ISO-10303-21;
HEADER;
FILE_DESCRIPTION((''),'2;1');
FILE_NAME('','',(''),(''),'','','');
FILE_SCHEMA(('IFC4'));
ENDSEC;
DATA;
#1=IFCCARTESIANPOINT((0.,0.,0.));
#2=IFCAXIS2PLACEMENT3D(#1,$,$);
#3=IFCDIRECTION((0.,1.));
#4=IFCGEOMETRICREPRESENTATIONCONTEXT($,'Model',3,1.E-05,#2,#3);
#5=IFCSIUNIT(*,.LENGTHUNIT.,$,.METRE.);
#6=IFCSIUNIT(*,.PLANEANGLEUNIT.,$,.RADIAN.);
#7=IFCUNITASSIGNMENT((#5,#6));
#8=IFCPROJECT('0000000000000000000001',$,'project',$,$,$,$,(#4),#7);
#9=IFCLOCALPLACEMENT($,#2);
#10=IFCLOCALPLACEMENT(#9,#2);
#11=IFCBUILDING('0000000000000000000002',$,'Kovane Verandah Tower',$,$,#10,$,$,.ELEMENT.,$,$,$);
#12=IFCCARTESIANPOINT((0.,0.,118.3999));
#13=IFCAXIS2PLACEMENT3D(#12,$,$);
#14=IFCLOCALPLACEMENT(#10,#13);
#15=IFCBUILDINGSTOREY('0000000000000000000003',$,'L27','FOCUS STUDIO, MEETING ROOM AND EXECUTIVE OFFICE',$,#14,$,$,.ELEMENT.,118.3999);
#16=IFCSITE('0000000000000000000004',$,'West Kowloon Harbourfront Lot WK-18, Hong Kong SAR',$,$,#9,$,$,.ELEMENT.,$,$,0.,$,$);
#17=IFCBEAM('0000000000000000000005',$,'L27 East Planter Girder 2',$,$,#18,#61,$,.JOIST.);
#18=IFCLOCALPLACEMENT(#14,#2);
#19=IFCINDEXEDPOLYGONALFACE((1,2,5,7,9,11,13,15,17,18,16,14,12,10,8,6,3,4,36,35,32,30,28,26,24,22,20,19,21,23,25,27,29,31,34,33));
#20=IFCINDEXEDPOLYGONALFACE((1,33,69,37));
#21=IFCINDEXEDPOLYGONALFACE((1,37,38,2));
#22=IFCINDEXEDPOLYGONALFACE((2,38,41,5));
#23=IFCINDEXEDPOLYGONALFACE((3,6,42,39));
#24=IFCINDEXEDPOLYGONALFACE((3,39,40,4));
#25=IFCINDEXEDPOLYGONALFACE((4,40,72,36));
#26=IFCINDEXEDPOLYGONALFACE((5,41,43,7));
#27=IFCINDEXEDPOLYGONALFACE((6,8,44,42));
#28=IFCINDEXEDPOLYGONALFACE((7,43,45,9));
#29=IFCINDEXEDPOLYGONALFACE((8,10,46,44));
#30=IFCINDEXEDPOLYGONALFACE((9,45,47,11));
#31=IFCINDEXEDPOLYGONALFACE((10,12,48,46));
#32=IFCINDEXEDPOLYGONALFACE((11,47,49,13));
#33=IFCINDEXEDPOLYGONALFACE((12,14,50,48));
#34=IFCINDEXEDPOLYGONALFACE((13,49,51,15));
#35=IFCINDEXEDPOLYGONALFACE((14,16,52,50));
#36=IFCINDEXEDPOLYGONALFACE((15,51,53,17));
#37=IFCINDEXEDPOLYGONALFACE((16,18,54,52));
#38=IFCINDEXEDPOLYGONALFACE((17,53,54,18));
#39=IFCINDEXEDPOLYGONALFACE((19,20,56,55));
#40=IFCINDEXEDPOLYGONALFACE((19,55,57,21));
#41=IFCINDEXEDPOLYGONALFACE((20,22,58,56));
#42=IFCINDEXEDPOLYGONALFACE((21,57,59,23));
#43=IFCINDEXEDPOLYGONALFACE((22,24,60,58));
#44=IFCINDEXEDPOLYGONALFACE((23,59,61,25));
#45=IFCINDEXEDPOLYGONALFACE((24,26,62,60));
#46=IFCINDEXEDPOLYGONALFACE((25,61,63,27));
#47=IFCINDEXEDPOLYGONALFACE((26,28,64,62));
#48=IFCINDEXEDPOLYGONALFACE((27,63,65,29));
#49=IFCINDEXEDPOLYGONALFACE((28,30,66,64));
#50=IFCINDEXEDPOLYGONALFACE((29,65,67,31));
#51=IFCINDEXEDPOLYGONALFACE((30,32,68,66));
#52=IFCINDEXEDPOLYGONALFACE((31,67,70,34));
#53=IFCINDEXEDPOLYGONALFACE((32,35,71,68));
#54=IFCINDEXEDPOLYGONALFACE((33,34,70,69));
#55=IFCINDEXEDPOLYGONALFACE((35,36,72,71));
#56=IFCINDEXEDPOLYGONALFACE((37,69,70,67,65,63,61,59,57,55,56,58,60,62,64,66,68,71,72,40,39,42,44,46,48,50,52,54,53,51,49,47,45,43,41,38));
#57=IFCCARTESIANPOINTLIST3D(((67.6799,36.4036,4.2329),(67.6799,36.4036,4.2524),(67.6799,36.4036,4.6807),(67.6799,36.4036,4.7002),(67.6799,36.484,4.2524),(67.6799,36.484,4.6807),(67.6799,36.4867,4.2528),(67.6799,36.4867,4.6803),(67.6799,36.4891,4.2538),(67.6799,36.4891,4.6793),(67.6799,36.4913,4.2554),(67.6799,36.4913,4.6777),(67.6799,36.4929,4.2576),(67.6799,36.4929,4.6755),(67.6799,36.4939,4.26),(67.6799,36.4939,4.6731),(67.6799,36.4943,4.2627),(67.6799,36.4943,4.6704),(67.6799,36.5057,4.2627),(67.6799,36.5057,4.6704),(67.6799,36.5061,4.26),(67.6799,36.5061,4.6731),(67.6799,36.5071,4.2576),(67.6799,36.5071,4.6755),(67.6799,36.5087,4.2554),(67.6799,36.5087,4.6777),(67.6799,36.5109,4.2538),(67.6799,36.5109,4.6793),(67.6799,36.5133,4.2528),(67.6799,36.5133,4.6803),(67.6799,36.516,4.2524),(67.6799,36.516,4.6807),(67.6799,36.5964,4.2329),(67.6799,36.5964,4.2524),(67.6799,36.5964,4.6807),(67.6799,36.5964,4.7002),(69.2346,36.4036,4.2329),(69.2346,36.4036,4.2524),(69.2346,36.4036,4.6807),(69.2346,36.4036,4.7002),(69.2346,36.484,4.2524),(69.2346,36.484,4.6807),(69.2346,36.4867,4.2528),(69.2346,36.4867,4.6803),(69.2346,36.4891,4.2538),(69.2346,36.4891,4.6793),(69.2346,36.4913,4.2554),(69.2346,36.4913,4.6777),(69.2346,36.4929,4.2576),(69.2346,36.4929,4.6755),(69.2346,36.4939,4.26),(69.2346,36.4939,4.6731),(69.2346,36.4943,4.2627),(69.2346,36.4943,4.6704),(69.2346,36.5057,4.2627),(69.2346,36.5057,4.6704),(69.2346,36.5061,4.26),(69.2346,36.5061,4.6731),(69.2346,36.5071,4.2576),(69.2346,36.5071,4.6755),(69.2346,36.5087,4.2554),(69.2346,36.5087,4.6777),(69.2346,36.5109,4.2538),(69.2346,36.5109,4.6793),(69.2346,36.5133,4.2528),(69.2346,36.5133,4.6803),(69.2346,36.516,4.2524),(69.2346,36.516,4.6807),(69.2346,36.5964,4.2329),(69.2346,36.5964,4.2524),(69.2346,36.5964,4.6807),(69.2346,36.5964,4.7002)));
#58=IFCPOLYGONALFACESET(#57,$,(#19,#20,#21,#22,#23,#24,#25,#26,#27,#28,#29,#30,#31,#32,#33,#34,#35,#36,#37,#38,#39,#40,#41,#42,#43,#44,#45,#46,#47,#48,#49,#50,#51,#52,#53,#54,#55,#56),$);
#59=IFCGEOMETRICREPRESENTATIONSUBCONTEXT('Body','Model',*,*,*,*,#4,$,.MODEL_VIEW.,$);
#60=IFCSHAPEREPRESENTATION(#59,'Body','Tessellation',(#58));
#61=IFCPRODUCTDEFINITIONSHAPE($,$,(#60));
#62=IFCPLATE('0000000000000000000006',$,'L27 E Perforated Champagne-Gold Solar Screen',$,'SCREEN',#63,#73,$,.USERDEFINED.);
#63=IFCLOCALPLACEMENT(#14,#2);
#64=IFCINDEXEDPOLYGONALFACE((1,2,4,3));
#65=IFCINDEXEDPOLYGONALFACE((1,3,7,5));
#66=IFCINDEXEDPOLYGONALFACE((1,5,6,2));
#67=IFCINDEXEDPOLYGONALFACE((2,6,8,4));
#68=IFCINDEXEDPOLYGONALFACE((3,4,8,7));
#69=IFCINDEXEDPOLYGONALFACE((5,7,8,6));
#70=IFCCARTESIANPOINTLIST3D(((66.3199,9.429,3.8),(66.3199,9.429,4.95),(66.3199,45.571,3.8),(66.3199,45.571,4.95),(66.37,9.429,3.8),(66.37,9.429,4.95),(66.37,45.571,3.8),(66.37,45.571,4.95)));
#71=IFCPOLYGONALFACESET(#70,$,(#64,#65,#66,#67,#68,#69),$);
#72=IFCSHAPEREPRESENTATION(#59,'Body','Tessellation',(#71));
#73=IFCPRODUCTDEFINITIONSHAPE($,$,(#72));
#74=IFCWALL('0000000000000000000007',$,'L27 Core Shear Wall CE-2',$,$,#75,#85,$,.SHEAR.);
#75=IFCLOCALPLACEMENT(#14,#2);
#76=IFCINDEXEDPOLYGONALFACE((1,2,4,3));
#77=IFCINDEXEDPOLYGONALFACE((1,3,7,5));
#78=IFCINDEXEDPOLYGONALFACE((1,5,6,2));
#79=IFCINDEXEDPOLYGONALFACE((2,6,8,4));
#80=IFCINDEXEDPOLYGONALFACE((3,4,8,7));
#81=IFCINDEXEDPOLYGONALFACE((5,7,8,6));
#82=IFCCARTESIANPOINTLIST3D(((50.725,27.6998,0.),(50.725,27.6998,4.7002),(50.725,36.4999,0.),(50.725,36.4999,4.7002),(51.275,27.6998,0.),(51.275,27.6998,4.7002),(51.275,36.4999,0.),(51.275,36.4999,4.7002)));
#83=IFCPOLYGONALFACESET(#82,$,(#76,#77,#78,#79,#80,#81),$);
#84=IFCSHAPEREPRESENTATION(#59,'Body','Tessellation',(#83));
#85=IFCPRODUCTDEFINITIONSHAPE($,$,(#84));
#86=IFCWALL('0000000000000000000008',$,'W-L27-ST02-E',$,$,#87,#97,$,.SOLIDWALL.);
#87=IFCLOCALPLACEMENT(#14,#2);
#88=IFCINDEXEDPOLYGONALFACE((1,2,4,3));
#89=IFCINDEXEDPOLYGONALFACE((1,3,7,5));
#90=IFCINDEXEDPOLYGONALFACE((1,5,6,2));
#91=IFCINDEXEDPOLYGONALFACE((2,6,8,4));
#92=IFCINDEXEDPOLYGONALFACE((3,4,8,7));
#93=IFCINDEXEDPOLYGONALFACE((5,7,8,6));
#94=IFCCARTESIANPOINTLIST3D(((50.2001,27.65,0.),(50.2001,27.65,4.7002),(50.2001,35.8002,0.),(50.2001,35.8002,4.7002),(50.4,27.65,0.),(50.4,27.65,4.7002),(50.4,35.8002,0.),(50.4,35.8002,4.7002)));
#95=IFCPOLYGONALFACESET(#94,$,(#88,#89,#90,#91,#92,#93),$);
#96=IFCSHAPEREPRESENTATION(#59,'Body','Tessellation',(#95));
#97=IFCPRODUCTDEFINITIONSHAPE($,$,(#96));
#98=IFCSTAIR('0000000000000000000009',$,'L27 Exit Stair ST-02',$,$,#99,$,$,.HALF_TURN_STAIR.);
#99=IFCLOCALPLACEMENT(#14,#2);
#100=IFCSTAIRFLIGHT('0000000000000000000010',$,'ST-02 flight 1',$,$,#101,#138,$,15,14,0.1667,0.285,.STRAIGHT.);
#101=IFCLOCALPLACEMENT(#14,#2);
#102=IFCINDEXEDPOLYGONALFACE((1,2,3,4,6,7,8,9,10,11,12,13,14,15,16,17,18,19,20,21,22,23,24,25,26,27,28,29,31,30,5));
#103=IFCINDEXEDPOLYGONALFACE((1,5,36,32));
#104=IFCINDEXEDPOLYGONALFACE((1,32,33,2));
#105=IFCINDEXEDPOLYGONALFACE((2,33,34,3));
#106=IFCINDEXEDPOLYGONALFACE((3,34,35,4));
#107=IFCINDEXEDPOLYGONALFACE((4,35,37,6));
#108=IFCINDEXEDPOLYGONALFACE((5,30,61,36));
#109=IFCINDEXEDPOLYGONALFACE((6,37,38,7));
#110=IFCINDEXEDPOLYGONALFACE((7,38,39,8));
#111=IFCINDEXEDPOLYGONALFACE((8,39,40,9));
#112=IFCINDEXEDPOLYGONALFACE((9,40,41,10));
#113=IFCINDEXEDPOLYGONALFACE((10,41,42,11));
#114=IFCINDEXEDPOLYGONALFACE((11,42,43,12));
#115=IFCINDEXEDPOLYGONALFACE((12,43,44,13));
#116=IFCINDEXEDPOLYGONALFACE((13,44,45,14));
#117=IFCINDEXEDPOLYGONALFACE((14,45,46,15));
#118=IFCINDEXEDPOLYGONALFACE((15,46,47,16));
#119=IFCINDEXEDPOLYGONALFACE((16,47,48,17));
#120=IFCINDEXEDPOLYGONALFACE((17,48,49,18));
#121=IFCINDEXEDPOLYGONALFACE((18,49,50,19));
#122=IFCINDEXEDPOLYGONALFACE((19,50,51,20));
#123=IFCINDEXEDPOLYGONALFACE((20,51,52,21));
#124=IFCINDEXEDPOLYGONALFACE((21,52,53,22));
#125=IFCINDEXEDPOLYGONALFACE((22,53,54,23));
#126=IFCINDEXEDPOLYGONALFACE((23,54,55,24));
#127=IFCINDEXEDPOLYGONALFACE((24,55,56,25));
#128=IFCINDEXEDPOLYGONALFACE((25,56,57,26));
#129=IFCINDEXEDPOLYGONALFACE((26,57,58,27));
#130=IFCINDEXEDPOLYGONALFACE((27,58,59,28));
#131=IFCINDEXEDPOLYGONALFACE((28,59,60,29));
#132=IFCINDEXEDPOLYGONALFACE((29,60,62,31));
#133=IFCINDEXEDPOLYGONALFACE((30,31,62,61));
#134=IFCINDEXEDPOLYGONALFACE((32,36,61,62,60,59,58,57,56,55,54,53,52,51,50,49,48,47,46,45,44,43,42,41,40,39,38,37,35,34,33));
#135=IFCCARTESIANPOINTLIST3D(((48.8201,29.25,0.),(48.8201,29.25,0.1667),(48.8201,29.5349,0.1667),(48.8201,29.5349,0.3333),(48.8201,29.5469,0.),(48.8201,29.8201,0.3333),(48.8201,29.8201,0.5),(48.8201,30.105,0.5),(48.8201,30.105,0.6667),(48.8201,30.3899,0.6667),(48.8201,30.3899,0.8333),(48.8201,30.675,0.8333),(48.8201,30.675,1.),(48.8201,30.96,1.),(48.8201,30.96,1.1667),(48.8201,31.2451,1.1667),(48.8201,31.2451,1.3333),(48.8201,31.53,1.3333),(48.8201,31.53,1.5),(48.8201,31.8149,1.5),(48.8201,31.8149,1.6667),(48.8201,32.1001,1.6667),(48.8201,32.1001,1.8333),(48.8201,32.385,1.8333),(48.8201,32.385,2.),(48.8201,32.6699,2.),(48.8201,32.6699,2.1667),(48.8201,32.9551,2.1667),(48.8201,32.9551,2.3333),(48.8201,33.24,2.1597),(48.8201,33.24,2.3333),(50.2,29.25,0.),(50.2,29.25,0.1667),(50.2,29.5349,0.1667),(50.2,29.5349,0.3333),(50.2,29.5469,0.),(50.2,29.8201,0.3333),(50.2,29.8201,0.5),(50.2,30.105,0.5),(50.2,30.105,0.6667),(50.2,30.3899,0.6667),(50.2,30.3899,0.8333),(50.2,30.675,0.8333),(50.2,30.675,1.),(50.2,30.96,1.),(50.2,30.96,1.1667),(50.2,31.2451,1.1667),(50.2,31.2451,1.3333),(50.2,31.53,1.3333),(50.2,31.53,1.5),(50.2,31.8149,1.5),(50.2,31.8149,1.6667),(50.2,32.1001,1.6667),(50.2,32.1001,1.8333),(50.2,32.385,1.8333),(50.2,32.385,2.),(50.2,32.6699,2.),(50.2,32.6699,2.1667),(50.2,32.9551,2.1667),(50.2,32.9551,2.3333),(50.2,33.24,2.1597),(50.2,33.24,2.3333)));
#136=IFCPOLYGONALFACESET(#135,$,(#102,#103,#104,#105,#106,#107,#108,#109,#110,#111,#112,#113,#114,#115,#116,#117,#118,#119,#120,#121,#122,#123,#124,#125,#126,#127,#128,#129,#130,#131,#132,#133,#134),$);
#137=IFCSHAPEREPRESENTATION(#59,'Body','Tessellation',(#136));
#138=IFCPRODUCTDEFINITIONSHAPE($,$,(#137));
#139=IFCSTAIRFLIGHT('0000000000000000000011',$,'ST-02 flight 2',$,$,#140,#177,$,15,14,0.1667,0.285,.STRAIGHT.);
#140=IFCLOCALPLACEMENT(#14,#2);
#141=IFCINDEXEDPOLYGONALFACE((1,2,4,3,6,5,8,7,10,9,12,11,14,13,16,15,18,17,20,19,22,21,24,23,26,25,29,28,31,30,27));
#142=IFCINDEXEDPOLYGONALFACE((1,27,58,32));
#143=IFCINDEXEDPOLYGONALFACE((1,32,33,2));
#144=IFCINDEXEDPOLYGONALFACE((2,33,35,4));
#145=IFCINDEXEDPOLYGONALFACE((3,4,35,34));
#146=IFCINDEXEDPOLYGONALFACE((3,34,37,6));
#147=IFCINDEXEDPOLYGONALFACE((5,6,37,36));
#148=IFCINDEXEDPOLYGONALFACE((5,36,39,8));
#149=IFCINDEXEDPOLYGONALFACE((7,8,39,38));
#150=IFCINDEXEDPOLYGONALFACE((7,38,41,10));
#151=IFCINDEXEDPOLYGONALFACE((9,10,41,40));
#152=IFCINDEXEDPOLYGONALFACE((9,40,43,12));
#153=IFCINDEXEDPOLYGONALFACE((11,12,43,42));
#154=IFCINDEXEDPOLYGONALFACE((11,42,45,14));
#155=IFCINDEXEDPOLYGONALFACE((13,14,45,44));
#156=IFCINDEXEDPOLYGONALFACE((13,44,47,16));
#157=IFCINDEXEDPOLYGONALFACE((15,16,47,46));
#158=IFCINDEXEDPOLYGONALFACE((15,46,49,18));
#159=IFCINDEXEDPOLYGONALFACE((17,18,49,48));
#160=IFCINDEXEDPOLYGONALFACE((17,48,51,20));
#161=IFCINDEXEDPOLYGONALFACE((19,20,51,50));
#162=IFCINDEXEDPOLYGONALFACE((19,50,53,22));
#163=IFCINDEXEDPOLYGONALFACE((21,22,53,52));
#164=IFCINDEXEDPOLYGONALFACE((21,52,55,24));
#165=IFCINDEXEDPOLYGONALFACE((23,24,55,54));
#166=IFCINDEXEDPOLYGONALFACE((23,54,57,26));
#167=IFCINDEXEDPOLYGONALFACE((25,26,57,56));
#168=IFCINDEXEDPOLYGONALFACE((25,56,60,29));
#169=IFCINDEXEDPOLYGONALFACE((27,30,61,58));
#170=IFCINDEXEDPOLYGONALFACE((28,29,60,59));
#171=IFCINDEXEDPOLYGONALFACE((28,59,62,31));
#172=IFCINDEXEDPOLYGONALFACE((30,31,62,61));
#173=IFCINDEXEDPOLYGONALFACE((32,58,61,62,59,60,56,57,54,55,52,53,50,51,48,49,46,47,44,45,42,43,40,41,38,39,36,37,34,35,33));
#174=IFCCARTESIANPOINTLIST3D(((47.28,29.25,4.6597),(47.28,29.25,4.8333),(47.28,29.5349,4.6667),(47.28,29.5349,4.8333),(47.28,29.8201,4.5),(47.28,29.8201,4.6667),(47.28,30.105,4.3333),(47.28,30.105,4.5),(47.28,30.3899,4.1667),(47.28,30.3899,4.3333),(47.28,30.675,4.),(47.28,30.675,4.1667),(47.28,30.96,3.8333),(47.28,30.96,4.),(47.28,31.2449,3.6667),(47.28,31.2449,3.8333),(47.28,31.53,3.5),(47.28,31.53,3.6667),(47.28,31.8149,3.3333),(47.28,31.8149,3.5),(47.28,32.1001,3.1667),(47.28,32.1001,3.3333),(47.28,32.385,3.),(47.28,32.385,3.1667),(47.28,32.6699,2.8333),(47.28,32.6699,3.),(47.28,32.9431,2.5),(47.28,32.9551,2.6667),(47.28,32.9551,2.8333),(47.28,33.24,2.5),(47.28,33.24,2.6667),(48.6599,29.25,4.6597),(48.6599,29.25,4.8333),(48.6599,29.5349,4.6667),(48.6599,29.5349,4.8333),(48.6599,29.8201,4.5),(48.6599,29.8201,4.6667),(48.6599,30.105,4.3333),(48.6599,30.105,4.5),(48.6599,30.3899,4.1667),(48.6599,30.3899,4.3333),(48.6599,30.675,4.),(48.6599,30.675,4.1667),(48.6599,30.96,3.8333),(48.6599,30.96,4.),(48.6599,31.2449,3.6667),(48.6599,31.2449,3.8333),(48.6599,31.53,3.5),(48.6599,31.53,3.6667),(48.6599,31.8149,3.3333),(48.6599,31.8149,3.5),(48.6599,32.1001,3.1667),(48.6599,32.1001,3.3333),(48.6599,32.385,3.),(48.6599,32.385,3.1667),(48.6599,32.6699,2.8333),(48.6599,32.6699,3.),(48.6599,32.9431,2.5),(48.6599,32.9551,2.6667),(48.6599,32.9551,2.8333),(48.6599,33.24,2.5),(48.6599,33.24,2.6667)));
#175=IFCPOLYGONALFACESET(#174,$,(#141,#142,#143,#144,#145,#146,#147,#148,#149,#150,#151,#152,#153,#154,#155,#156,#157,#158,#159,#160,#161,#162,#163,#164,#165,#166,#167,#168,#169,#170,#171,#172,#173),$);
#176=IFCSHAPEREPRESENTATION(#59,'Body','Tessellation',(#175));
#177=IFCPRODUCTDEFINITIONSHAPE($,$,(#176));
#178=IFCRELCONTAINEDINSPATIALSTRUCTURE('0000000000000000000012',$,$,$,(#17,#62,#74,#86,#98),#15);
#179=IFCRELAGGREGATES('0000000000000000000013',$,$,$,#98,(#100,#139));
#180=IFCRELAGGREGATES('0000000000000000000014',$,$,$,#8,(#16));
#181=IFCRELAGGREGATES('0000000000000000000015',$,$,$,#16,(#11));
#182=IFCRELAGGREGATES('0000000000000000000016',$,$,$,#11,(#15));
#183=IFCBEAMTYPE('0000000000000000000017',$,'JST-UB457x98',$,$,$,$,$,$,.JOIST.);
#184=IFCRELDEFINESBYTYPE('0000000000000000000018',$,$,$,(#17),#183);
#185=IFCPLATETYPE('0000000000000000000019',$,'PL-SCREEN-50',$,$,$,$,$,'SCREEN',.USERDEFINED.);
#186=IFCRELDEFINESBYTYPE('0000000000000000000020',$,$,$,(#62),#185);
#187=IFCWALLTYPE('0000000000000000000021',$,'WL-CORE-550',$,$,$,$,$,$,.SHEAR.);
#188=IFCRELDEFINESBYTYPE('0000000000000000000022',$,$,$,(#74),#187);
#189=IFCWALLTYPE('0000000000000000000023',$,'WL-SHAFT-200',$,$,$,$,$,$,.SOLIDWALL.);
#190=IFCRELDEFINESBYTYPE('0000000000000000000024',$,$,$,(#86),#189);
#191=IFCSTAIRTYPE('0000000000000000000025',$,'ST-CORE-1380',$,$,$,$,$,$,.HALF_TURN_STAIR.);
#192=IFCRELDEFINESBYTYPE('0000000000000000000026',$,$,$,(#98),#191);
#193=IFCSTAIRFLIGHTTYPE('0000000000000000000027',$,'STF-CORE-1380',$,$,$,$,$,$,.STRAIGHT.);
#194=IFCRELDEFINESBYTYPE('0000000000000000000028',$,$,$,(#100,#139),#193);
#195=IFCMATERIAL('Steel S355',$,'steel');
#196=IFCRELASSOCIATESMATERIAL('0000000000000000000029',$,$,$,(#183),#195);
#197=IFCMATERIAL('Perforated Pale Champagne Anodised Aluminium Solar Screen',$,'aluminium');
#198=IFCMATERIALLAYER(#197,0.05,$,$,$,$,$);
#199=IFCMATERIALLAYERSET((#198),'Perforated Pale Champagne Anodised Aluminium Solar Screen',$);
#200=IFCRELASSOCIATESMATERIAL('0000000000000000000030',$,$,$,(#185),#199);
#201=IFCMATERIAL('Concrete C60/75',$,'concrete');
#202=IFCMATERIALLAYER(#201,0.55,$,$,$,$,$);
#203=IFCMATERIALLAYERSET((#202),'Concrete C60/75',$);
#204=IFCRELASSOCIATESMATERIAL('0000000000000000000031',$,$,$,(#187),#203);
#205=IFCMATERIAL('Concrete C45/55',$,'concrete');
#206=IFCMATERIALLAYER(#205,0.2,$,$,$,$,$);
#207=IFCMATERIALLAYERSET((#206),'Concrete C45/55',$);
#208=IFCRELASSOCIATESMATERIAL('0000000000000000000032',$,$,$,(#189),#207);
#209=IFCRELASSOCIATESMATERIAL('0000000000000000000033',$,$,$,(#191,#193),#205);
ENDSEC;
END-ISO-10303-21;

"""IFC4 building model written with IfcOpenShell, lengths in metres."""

from ifc_helpers import new_model, si_unit, direction, frame, frame_2d, origin, origin_2d, place, context, subcontext, project, spatial, polyline, rectangle, i_section, outline, extrude, material, layer, layer_set, material_profile, profile_set, type_object, element, aggregate, save


model = new_model("IFC4")

# Units and contexts
model_context = context("Model", 3, precision=1e-05, world=origin(), true_north=direction((0.0, 1.0)))
body_context = subcontext(model_context, "Body", "Model", "MODEL_VIEW")
ifc_project = project(units=[si_unit("LENGTHUNIT", "METRE"), si_unit("PLANEANGLEUNIT", "RADIAN")], contexts=[model_context])

# Site, building, storey
site_placement = place(None, origin())
site = spatial("IfcSite", under=ifc_project, at=site_placement, Name="West Kowloon Harbourfront Lot WK-18, Hong Kong SAR", CompositionType="ELEMENT", RefElevation=0.0)
building_placement = place(site_placement, origin())
building = spatial("IfcBuilding", under=site, at=building_placement, Name="Kovane Verandah Tower", CompositionType="ELEMENT")
storey_placement = place(building_placement, frame((0.0, 0.0, 118.3999)))
storey = spatial("IfcBuildingStorey", under=building, at=storey_placement, Name="L27", Description="FOCUS STUDIO, MEETING ROOM AND EXECUTIVE OFFICE", CompositionType="ELEMENT", Elevation=118.3999)

# Beam
ifc_material_1 = material(Name="Steel S355", Category="steel")
ifc_material_profile_1 = material_profile(ifc_material_1, i_section(OverallWidth=0.1929, OverallDepth=0.4673, WebThickness=0.0115, FlangeThickness=0.0195, FilletRadius=0.0103, at=origin_2d()), Name="UB457x191x98")
ifc_profile_set_1 = profile_set([ifc_material_profile_1], Name="Steel S355")
beam_type_1 = type_object("IfcBeamType", Name="JST-UB457x98", PredefinedType="JOIST", material=ifc_profile_set_1)
beam_1_placement = place(storey_placement, frame((67.6799, 36.5, 4.4666), z_axis=(1.0, 0.0, 0.0), x_axis=(0.0, 1.0, 0.0)))
element("IfcBeam", 1, at=beam_1_placement, inside=storey, type_object=beam_type_1, Name="L27 East Planter Girder 2", PredefinedType="JOIST", context=body_context, shape_type="SweptSolid", body=[
    extrude(i_section(OverallWidth=0.1929, OverallDepth=0.4673, WebThickness=0.0115, FlangeThickness=0.0195, FilletRadius=0.0103, at=origin_2d()), origin(), (0.0, 0.0, 1.0), 1.5547),
])

# Plate
ifc_material_2 = material(Name="Perforated Pale Champagne Anodised Aluminium Solar Screen", Category="aluminium")
ifc_layer_1 = layer(ifc_material_2, 0.05)
ifc_layer_set_1 = layer_set([ifc_layer_1], Name="Perforated Pale Champagne Anodised Aluminium Solar Screen")
plate_type = type_object("IfcPlateType", Name="PL-SCREEN-50", ElementType="SCREEN", PredefinedType="USERDEFINED", material=ifc_layer_set_1)
plate_placement = place(storey_placement, frame((66.345, 27.5, 3.8), z_axis=(0.0, 0.0, 1.0), x_axis=(0.0, 1.0, 0.0)))
element("IfcPlate", 2, at=plate_placement, inside=storey, type_object=plate_type, Name="L27 E Perforated Champagne-Gold Solar Screen", ObjectType="SCREEN", PredefinedType="USERDEFINED", context=body_context, shape_type="SweptSolid", body=[
    extrude(rectangle(XDim=36.1421, YDim=0.05, at=origin_2d()), origin(), (0.0, 0.0, 1.0), 1.1499),
])

# Walls
ifc_material_3 = material(Name="Concrete C60/75", Category="concrete")
ifc_layer_2 = layer(ifc_material_3, 0.55)
ifc_layer_set_2 = layer_set([ifc_layer_2], Name="Concrete C60/75")
wall_type_1 = type_object("IfcWallType", Name="WL-CORE-550", PredefinedType="SHEAR", material=ifc_layer_set_2)
wall_1_placement = place(storey_placement, frame((51.0, 27.7, 0.0), z_axis=(0.0, 0.0, 1.0), x_axis=(0.0, 1.0, 0.0)))
element("IfcWall", 3, at=wall_1_placement, inside=storey, type_object=wall_type_1, Name="L27 Core Shear Wall CE-2", PredefinedType="SHEAR", context=body_context, shape_type="SweptSolid", body=[
    extrude(rectangle(XDim=8.8, YDim=0.55, at=frame_2d((4.3999, 0.0))), origin(), (0.0, 0.0, 1.0), 4.7002),
])
ifc_material_4 = material(Name="Concrete C45/55", Category="concrete")
ifc_layer_3 = layer(ifc_material_4, 0.2)
ifc_layer_set_3 = layer_set([ifc_layer_3], Name="Concrete C45/55")
wall_type_2 = type_object("IfcWallType", Name="WL-SHAFT-200", PredefinedType="SOLIDWALL", material=ifc_layer_set_3)
wall_2_placement = place(storey_placement, frame((50.3, 27.6499, 0.0), z_axis=(0.0, 0.0, 1.0), x_axis=(0.0, 1.0, 0.0)))
element("IfcWall", 4, at=wall_2_placement, inside=storey, type_object=wall_type_2, Name="W-L27-ST02-E", PredefinedType="SOLIDWALL", context=body_context, shape_type="SweptSolid", body=[
    extrude(rectangle(XDim=8.1501, YDim=0.2, at=frame_2d((4.0752, 0.0))), origin(), (0.0, 0.0, 1.0), 4.7002),
])

# Stair, stair flights
stair_type = type_object("IfcStairType", Name="ST-CORE-1380", PredefinedType="HALF_TURN_STAIR", material=ifc_material_4)
stair_placement = place(storey_placement, origin())
stair = element("IfcStair", 5, at=stair_placement, inside=storey, type_object=stair_type, Name="L27 Exit Stair ST-02", PredefinedType="HALF_TURN_STAIR")
stair_flight_type = type_object("IfcStairFlightType", Name="STF-CORE-1380", PredefinedType="STRAIGHT", material=ifc_material_4)
stair_flight_1_placement = place(storey_placement, frame((49.51, 29.25, 0.0), z_axis=(0.0, 0.0, 1.0), x_axis=(0.0, 1.0, 0.0)))
stair_flight_1 = element("IfcStairFlight", 6, at=stair_flight_1_placement, type_object=stair_flight_type, Name="ST-02 flight 1", NumberOfRisers=15, NumberOfTreads=14, PredefinedType="STRAIGHT", RiserHeight=0.1667, TreadLength=0.285, context=body_context, shape_type="SweptSolid", body=[
    extrude(outline(polyline([(0.0, 0.0), (0.0, 0.1667), (0.2849, 0.1667), (0.2849, 0.3333), (0.5701, 0.3333), (0.5701, 0.5), (0.855, 0.5), (0.855, 0.6667), (1.1399, 0.6667), (1.1399, 0.8333), (1.425, 0.8333), (1.425, 1.0), (1.71, 1.0), (1.71, 1.1667), (1.9951, 1.1667), (1.9951, 1.3333), (2.28, 1.3333), (2.28, 1.5), (2.5649, 1.5), (2.5649, 1.6667), (2.8501, 1.6667), (2.8501, 1.8333), (3.135, 1.8333), (3.135, 2.0), (3.4199, 2.0), (3.4199, 2.1667), (3.7051, 2.1667), (3.7051, 2.3333), (3.99, 2.3333), (3.99, 2.5), (3.99, 2.1597), (0.2969, 0.0), (0.0, 0.0)])), frame((0.0, 0.6899, 0.0), z_axis=(0.0, -1.0, 0.0), x_axis=(1.0, 0.0, 0.0)), (0.0, 0.0, 1.0), 1.3799),
])
stair_flight_2_placement = place(storey_placement, frame((47.97, 33.24, 2.5), z_axis=(0.0, 0.0, 1.0), x_axis=(0.0, -1.0, 0.0)))
stair_flight_2 = element("IfcStairFlight", 7, at=stair_flight_2_placement, type_object=stair_flight_type, Name="ST-02 flight 2", NumberOfRisers=15, NumberOfTreads=14, PredefinedType="STRAIGHT", RiserHeight=0.1667, TreadLength=0.285, context=body_context, shape_type="SweptSolid", body=[
    extrude(outline(polyline([(0.0, 0.0), (0.0, 0.1667), (0.2849, 0.1667), (0.2849, 0.3333), (0.5701, 0.3333), (0.5701, 0.5), (0.855, 0.5), (0.855, 0.6667), (1.1399, 0.6667), (1.1399, 0.8333), (1.425, 0.8333), (1.425, 1.0), (1.71, 1.0), (1.71, 1.1667), (1.9951, 1.1667), (1.9951, 1.3333), (2.28, 1.3333), (2.28, 1.5), (2.5649, 1.5), (2.5649, 1.6667), (2.8501, 1.6667), (2.8501, 1.8333), (3.135, 1.8333), (3.135, 2.0), (3.4199, 2.0), (3.4199, 2.1667), (3.7051, 2.1667), (3.7051, 2.3333), (3.99, 2.3333), (3.99, 2.5), (3.99, 2.1597), (0.2969, 0.0), (0.0, 0.0)])), frame((0.0, 0.6899, 0.0), z_axis=(0.0, -1.0, 0.0), x_axis=(1.0, 0.0, 0.0)), (0.0, 0.0, 1.0), 1.3799),
])
aggregate(stair, [stair_flight_1, stair_flight_2])

save(model, "model.ifc")
